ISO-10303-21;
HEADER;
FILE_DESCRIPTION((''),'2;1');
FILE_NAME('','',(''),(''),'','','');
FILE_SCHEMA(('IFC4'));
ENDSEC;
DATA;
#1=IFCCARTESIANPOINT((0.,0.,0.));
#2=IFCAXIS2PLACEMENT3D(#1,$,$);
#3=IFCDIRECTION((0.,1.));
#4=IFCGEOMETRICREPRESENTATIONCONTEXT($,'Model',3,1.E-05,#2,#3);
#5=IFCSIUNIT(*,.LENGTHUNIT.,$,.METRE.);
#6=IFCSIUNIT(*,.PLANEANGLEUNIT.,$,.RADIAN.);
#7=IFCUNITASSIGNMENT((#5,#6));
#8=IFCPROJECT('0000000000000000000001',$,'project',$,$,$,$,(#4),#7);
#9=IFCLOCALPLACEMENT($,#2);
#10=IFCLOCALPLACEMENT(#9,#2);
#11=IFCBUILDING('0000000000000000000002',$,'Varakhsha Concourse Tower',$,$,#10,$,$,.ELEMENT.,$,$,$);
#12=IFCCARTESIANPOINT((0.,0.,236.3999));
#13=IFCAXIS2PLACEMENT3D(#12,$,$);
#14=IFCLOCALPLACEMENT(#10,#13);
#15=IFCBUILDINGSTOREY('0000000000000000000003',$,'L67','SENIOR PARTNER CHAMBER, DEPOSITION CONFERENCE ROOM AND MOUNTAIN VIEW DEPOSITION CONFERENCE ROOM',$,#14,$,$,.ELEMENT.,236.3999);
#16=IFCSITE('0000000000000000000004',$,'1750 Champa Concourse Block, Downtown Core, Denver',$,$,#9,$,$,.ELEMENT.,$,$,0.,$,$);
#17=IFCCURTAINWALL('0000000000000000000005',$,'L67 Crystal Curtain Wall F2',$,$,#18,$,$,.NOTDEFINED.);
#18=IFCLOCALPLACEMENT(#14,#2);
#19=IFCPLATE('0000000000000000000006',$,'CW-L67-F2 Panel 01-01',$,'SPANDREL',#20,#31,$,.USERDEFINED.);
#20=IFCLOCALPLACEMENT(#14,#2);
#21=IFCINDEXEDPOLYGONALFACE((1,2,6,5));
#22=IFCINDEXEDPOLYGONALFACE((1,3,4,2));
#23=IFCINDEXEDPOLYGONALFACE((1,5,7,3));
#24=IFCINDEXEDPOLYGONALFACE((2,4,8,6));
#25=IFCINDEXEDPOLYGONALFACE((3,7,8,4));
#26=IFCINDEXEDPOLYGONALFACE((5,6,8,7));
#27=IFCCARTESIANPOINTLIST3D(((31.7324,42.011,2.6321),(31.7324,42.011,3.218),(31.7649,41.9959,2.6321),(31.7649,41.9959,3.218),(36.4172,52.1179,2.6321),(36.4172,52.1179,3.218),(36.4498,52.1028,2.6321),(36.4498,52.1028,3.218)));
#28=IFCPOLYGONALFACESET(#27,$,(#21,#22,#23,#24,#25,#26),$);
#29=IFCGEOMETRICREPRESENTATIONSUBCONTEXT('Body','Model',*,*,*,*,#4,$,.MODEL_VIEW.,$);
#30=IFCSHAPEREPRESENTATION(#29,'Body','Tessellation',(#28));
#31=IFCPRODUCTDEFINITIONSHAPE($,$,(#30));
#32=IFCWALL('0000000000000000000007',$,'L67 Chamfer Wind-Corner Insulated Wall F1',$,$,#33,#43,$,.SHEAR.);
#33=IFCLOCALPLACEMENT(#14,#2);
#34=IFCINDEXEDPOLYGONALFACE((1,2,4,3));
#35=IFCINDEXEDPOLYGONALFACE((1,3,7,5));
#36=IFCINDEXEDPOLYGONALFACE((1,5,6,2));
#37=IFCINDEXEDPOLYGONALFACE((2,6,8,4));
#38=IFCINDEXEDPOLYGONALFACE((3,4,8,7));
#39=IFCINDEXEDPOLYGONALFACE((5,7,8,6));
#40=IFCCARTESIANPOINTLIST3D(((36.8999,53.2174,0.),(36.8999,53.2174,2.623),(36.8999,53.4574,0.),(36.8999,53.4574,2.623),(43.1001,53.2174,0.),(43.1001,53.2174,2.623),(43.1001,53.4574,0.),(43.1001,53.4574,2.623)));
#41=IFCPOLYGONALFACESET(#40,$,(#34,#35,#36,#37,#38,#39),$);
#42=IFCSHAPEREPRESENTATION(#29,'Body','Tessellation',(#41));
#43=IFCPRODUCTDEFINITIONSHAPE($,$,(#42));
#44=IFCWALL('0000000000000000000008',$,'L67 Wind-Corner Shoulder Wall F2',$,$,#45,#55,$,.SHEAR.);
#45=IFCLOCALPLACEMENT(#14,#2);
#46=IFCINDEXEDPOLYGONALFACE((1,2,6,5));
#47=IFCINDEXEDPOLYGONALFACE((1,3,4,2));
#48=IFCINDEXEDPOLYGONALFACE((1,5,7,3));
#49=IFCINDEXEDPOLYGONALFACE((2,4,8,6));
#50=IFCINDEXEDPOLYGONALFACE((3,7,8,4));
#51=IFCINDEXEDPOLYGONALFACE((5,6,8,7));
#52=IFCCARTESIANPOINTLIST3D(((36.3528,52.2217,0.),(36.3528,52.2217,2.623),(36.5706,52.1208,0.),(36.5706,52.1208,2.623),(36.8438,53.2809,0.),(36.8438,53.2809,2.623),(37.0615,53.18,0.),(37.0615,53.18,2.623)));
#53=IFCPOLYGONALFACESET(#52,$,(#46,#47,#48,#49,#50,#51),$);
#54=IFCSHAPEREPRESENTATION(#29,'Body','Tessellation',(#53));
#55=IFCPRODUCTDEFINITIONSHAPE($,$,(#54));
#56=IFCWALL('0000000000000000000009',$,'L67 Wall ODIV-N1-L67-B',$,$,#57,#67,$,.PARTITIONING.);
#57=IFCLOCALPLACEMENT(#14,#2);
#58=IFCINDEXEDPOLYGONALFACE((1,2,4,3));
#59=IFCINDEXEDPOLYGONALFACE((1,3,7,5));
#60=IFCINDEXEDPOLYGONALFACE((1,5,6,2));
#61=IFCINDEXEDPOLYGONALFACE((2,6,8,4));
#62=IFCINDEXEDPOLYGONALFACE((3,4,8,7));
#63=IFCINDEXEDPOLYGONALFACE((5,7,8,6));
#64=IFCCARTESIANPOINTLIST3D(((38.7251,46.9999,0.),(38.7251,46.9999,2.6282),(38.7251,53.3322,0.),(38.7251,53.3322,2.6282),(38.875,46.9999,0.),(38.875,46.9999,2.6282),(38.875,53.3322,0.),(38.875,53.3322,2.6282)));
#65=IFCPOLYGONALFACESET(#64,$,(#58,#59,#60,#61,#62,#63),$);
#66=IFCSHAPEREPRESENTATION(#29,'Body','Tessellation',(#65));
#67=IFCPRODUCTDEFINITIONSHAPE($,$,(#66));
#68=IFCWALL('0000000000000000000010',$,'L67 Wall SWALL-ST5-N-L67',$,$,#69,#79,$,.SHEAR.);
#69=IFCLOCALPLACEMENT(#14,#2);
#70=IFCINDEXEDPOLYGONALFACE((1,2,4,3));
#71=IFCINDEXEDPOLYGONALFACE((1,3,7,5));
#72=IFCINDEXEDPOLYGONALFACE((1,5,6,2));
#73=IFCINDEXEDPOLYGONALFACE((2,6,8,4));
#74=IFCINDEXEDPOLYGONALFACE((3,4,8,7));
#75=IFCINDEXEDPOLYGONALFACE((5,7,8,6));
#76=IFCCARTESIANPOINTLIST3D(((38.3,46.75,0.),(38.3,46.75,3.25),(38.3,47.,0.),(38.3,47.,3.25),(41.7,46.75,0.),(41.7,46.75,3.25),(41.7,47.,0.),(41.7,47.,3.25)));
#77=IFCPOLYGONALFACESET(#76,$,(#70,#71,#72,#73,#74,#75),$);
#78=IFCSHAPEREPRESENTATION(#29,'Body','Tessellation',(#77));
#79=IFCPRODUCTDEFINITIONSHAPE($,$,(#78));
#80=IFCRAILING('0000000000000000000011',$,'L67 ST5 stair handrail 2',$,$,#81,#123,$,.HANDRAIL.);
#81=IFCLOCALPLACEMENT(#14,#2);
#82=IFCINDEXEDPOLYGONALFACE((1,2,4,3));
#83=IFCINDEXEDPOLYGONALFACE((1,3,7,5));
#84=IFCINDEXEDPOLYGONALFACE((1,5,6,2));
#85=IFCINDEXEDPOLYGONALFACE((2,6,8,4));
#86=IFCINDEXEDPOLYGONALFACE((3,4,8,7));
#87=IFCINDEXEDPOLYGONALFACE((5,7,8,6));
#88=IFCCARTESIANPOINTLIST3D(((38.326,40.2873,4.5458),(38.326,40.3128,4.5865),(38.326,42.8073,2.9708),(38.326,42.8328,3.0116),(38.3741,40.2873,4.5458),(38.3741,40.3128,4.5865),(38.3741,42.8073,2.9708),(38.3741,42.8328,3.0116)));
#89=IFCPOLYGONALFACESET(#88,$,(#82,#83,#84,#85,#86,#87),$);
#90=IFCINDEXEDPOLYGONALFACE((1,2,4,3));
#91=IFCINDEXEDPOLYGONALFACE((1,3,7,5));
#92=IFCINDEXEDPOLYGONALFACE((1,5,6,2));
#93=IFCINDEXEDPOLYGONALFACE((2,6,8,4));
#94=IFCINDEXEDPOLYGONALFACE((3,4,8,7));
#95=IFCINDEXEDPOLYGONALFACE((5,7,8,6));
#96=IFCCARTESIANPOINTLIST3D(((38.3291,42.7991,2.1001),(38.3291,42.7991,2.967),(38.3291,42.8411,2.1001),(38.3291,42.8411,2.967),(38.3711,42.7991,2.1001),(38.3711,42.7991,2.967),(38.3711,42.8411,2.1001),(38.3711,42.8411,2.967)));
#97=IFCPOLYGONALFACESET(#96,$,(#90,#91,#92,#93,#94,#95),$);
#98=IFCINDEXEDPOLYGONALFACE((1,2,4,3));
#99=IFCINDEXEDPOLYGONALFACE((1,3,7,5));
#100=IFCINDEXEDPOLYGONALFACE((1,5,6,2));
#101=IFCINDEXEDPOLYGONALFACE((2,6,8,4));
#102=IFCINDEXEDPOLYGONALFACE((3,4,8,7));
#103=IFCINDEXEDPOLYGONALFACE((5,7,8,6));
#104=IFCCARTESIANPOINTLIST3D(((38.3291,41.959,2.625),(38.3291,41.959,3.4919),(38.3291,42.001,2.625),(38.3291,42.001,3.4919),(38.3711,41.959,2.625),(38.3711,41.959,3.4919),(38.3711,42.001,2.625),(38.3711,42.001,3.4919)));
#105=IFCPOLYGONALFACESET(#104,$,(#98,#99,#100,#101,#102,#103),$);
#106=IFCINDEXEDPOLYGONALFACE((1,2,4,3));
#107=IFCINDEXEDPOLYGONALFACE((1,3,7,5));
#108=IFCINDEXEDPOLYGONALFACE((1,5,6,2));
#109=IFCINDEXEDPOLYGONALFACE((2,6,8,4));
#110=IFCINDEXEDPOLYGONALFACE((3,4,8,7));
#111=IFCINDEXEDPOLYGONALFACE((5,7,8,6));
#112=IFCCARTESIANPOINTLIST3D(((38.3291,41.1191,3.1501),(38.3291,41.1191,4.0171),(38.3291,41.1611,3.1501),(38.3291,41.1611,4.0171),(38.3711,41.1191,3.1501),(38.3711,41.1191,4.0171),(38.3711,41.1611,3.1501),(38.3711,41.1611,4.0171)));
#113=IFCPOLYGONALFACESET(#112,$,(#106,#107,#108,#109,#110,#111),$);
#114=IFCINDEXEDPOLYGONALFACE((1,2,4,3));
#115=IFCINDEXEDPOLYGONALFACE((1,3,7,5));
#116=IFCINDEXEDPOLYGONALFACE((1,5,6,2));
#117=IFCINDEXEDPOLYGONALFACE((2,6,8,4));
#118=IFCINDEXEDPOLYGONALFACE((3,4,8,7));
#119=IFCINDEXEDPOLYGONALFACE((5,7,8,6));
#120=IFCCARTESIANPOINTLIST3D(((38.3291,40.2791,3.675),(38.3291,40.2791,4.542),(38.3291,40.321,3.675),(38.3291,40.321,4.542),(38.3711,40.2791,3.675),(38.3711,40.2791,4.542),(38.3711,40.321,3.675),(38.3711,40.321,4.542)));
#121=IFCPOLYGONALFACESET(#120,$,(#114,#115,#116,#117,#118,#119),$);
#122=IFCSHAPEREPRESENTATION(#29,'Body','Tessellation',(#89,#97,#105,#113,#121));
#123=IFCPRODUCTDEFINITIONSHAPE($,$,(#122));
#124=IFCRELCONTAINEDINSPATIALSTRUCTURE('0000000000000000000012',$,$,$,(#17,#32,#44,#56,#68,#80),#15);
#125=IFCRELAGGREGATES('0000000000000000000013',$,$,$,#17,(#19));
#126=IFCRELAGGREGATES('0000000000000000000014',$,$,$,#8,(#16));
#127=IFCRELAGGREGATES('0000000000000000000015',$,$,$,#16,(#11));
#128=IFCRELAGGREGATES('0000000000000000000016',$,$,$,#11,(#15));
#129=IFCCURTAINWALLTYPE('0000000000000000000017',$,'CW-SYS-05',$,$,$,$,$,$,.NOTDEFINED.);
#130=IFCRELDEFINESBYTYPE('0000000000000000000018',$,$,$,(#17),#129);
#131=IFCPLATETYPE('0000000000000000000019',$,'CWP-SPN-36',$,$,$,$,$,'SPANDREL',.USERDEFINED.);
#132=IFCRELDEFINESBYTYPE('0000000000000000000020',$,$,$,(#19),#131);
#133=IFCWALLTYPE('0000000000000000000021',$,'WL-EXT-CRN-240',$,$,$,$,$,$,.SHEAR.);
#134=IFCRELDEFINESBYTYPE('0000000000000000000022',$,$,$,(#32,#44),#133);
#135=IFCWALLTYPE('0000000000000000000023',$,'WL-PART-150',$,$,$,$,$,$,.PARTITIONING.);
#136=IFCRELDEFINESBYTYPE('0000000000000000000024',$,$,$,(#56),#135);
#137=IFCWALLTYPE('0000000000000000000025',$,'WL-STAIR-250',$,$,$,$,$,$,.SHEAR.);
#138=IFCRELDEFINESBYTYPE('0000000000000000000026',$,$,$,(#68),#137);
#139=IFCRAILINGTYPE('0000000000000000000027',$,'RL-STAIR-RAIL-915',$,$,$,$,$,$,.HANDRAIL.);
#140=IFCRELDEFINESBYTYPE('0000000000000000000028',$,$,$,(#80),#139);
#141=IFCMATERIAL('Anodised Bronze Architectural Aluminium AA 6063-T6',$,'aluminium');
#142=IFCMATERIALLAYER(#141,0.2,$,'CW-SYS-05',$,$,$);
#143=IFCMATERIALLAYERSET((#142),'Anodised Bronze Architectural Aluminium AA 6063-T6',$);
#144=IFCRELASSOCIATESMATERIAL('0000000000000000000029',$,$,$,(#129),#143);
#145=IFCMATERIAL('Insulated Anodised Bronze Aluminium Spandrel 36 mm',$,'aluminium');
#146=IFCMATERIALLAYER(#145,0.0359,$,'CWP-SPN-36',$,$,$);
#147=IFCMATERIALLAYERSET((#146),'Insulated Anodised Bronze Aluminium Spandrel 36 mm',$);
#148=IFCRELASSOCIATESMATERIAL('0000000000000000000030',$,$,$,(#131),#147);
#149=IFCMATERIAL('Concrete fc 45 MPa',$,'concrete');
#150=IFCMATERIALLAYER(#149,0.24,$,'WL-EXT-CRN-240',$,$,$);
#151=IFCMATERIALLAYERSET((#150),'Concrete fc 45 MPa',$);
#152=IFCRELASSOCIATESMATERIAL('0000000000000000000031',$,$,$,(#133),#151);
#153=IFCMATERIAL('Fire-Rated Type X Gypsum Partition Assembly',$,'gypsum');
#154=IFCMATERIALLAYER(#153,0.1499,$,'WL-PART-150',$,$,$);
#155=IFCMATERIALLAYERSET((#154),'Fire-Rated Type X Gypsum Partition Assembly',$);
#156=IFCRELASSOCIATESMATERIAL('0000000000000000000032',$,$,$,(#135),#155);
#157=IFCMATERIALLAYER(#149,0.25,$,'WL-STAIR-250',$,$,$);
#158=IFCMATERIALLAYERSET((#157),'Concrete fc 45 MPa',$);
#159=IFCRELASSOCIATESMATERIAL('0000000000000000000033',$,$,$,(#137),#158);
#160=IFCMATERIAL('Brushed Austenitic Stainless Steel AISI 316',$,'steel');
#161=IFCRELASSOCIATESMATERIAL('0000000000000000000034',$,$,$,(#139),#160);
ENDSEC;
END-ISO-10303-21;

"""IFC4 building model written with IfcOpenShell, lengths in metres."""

from ifc_helpers import new_model, si_unit, direction, frame, frame_2d, origin, origin_2d, place, context, subcontext, project, spatial, rectangle, extrude, source, transform, mapped, material, layer, layer_set, type_object, type_shapes, element, aggregate, save


model = new_model("IFC4")

# Units and contexts
model_context = context("Model", 3, precision=1e-05, world=origin(), true_north=direction((0.0, 1.0)))
body_context = subcontext(model_context, "Body", "Model", "MODEL_VIEW")
ifc_project = project(units=[si_unit("LENGTHUNIT", "METRE"), si_unit("PLANEANGLEUNIT", "RADIAN")], contexts=[model_context])

# Site, building, storey
site_placement = place(None, origin())
site = spatial("IfcSite", under=ifc_project, at=site_placement, Name="1750 Champa Concourse Block, Downtown Core, Denver", CompositionType="ELEMENT", RefElevation=0.0)
building_placement = place(site_placement, origin())
building = spatial("IfcBuilding", under=site, at=building_placement, Name="Varakhsha Concourse Tower", CompositionType="ELEMENT")
storey_placement = place(building_placement, frame((0.0, 0.0, 236.3999)))
storey = spatial("IfcBuildingStorey", under=building, at=storey_placement, Name="L67", Description="SENIOR PARTNER CHAMBER, DEPOSITION CONFERENCE ROOM AND MOUNTAIN VIEW DEPOSITION CONFERENCE ROOM", CompositionType="ELEMENT", Elevation=236.3999)

# Curtain wall
ifc_material_1 = material(Name="Anodised Bronze Architectural Aluminium AA 6063-T6", Category="aluminium")
ifc_layer_1 = layer(ifc_material_1, 0.2, Name="CW-SYS-05")
ifc_layer_set_1 = layer_set([ifc_layer_1], Name="Anodised Bronze Architectural Aluminium AA 6063-T6")
curtain_wall_type = type_object("IfcCurtainWallType", Name="CW-SYS-05", PredefinedType="NOTDEFINED", material=ifc_layer_set_1)
curtain_wall_placement = place(storey_placement, origin())
curtain_wall = element("IfcCurtainWall", 1, at=curtain_wall_placement, inside=storey, type_object=curtain_wall_type, Name="L67 Crystal Curtain Wall F2", PredefinedType="NOTDEFINED")

# Plate
ifc_material_2 = material(Name="Insulated Anodised Bronze Aluminium Spandrel 36 mm", Category="aluminium")
ifc_layer_2 = layer(ifc_material_2, 0.0359, Name="CWP-SPN-36")
ifc_layer_set_2 = layer_set([ifc_layer_2], Name="Insulated Anodised Bronze Aluminium Spandrel 36 mm")
plate_type_1 = type_object("IfcPlateType", Name="CWP-SPN-36", ElementType="SPANDREL", PredefinedType="USERDEFINED", material=ifc_layer_set_2)
shared_shape_1 = source(origin(), body_context, "Body", "SweptSolid", [
    extrude(rectangle(XDim=11.1399, YDim=0.0359, at=origin_2d()), origin(), (0.0, 0.0, 1.0), 0.5859),
])
type_shapes(plate_type_1, [shared_shape_1])
plate_1_placement = place(storey_placement, frame((34.0911, 47.0569, 2.6321), z_axis=(0.0, 0.0, 1.0), x_axis=(0.420547, 0.907271, 0.0)))
plate_1 = element("IfcPlate", 2, at=plate_1_placement, type_object=plate_type_1, Name="CW-L67-F2 Panel 01-01", ObjectType="SPANDREL", PredefinedType="USERDEFINED", context=body_context, shape_type="MappedRepresentation", body=[
    mapped(shared_shape_1, transform((0.0, 0.0, 0.0), scale=1.0)),
])
aggregate(curtain_wall, [plate_1])

# Walls
ifc_material_3 = material(Name="Concrete fc 45 MPa", Category="concrete")
ifc_layer_3 = layer(ifc_material_3, 0.24, Name="WL-EXT-CRN-240")
ifc_layer_set_3 = layer_set([ifc_layer_3], Name="Concrete fc 45 MPa")
wall_type_1 = type_object("IfcWallType", Name="WL-EXT-CRN-240", PredefinedType="SHEAR", material=ifc_layer_set_3)
wall_1_placement = place(storey_placement, frame((36.8999, 53.3374, 0.0), z_axis=(0.0, 0.0, 1.0), x_axis=(1.0, 0.0, 0.0)))
element("IfcWall", 3, at=wall_1_placement, inside=storey, type_object=wall_type_1, Name="L67 Chamfer Wind-Corner Insulated Wall F1", PredefinedType="SHEAR", context=body_context, shape_type="SweptSolid", body=[
    extrude(rectangle(XDim=6.2002, YDim=0.24, at=frame_2d((3.1001, 0.0))), origin(), (0.0, 0.0, 1.0), 2.623),
])
wall_2_placement = place(storey_placement, frame((36.9526, 53.2305, 0.0), z_axis=(0.0, 0.0, 1.0), x_axis=(-0.420503, -0.907291, 0.0)))
element("IfcWall", 4, at=wall_2_placement, inside=storey, type_object=wall_type_1, Name="L67 Wind-Corner Shoulder Wall F2", PredefinedType="SHEAR", context=body_context, shape_type="SweptSolid", body=[
    extrude(rectangle(XDim=1.1675, YDim=0.24, at=frame_2d((0.5837, 0.0))), origin(), (0.0, 0.0, 1.0), 2.623),
])
ifc_material_4 = material(Name="Fire-Rated Type X Gypsum Partition Assembly", Category="gypsum")
ifc_layer_4 = layer(ifc_material_4, 0.1499, Name="WL-PART-150")
ifc_layer_set_4 = layer_set([ifc_layer_4], Name="Fire-Rated Type X Gypsum Partition Assembly")
wall_type_2 = type_object("IfcWallType", Name="WL-PART-150", PredefinedType="PARTITIONING", material=ifc_layer_set_4)
wall_3_placement = place(storey_placement, frame((38.8, 47.0, 0.0), z_axis=(0.0, 0.0, 1.0), x_axis=(0.0, 1.0, 0.0)))
element("IfcWall", 5, at=wall_3_placement, inside=storey, type_object=wall_type_2, Name="L67 Wall ODIV-N1-L67-B", PredefinedType="PARTITIONING", context=body_context, shape_type="SweptSolid", body=[
    extrude(rectangle(XDim=6.3323, YDim=0.1499, at=frame_2d((3.166, 0.0))), origin(), (0.0, 0.0, 1.0), 2.6282),
])
ifc_layer_5 = layer(ifc_material_3, 0.25, Name="WL-STAIR-250")
ifc_layer_set_5 = layer_set([ifc_layer_5], Name="Concrete fc 45 MPa")
wall_type_3 = type_object("IfcWallType", Name="WL-STAIR-250", PredefinedType="SHEAR", material=ifc_layer_set_5)
wall_4_placement = place(storey_placement, frame((38.3, 46.875, 0.0), z_axis=(0.0, 0.0, 1.0), x_axis=(1.0, 0.0, 0.0)))
element("IfcWall", 6, at=wall_4_placement, inside=storey, type_object=wall_type_3, Name="L67 Wall SWALL-ST5-N-L67", PredefinedType="SHEAR", context=body_context, shape_type="SweptSolid", body=[
    extrude(rectangle(XDim=3.3999, YDim=0.25, at=frame_2d((1.7, 0.0))), origin(), (0.0, 0.0, 1.0), 3.25),
])

# Railing
ifc_material_5 = material(Name="Brushed Austenitic Stainless Steel AISI 316", Category="steel")
railing_type = type_object("IfcRailingType", Name="RL-STAIR-RAIL-915", PredefinedType="HANDRAIL", material=ifc_material_5)
railing_placement = place(storey_placement, frame((38.3501, 42.8201, 2.1001)))
element("IfcRailing", 7, at=railing_placement, inside=storey, type_object=railing_type, Name="L67 ST5 stair handrail 2", PredefinedType="HANDRAIL", context=body_context, shape_type="SweptSolid", body=[
    extrude(rectangle(XDim=0.0481, YDim=0.0481, at=origin_2d()), frame((0.0, 0.0, 0.8911), z_axis=(0.0, -0.848008, 0.529984), x_axis=(1.0, 0.0, 0.0)), (0.0, 0.0, 1.0), 2.9717),
    extrude(rectangle(XDim=0.042, YDim=0.042, at=origin_2d()), origin(), (0.0, 0.0, 1.0), 0.8669),
    extrude(rectangle(XDim=0.042, YDim=0.042, at=origin_2d()), frame((0.0, -0.8401, 0.5249)), (0.0, 0.0, 1.0), 0.8669),
    extrude(rectangle(XDim=0.042, YDim=0.042, at=origin_2d()), frame((0.0, -1.6799, 1.05)), (0.0, 0.0, 1.0), 0.8669),
    extrude(rectangle(XDim=0.042, YDim=0.042, at=origin_2d()), frame((0.0, -2.52, 1.575)), (0.0, 0.0, 1.0), 0.8669),
])

save(model, "model.ifc")
